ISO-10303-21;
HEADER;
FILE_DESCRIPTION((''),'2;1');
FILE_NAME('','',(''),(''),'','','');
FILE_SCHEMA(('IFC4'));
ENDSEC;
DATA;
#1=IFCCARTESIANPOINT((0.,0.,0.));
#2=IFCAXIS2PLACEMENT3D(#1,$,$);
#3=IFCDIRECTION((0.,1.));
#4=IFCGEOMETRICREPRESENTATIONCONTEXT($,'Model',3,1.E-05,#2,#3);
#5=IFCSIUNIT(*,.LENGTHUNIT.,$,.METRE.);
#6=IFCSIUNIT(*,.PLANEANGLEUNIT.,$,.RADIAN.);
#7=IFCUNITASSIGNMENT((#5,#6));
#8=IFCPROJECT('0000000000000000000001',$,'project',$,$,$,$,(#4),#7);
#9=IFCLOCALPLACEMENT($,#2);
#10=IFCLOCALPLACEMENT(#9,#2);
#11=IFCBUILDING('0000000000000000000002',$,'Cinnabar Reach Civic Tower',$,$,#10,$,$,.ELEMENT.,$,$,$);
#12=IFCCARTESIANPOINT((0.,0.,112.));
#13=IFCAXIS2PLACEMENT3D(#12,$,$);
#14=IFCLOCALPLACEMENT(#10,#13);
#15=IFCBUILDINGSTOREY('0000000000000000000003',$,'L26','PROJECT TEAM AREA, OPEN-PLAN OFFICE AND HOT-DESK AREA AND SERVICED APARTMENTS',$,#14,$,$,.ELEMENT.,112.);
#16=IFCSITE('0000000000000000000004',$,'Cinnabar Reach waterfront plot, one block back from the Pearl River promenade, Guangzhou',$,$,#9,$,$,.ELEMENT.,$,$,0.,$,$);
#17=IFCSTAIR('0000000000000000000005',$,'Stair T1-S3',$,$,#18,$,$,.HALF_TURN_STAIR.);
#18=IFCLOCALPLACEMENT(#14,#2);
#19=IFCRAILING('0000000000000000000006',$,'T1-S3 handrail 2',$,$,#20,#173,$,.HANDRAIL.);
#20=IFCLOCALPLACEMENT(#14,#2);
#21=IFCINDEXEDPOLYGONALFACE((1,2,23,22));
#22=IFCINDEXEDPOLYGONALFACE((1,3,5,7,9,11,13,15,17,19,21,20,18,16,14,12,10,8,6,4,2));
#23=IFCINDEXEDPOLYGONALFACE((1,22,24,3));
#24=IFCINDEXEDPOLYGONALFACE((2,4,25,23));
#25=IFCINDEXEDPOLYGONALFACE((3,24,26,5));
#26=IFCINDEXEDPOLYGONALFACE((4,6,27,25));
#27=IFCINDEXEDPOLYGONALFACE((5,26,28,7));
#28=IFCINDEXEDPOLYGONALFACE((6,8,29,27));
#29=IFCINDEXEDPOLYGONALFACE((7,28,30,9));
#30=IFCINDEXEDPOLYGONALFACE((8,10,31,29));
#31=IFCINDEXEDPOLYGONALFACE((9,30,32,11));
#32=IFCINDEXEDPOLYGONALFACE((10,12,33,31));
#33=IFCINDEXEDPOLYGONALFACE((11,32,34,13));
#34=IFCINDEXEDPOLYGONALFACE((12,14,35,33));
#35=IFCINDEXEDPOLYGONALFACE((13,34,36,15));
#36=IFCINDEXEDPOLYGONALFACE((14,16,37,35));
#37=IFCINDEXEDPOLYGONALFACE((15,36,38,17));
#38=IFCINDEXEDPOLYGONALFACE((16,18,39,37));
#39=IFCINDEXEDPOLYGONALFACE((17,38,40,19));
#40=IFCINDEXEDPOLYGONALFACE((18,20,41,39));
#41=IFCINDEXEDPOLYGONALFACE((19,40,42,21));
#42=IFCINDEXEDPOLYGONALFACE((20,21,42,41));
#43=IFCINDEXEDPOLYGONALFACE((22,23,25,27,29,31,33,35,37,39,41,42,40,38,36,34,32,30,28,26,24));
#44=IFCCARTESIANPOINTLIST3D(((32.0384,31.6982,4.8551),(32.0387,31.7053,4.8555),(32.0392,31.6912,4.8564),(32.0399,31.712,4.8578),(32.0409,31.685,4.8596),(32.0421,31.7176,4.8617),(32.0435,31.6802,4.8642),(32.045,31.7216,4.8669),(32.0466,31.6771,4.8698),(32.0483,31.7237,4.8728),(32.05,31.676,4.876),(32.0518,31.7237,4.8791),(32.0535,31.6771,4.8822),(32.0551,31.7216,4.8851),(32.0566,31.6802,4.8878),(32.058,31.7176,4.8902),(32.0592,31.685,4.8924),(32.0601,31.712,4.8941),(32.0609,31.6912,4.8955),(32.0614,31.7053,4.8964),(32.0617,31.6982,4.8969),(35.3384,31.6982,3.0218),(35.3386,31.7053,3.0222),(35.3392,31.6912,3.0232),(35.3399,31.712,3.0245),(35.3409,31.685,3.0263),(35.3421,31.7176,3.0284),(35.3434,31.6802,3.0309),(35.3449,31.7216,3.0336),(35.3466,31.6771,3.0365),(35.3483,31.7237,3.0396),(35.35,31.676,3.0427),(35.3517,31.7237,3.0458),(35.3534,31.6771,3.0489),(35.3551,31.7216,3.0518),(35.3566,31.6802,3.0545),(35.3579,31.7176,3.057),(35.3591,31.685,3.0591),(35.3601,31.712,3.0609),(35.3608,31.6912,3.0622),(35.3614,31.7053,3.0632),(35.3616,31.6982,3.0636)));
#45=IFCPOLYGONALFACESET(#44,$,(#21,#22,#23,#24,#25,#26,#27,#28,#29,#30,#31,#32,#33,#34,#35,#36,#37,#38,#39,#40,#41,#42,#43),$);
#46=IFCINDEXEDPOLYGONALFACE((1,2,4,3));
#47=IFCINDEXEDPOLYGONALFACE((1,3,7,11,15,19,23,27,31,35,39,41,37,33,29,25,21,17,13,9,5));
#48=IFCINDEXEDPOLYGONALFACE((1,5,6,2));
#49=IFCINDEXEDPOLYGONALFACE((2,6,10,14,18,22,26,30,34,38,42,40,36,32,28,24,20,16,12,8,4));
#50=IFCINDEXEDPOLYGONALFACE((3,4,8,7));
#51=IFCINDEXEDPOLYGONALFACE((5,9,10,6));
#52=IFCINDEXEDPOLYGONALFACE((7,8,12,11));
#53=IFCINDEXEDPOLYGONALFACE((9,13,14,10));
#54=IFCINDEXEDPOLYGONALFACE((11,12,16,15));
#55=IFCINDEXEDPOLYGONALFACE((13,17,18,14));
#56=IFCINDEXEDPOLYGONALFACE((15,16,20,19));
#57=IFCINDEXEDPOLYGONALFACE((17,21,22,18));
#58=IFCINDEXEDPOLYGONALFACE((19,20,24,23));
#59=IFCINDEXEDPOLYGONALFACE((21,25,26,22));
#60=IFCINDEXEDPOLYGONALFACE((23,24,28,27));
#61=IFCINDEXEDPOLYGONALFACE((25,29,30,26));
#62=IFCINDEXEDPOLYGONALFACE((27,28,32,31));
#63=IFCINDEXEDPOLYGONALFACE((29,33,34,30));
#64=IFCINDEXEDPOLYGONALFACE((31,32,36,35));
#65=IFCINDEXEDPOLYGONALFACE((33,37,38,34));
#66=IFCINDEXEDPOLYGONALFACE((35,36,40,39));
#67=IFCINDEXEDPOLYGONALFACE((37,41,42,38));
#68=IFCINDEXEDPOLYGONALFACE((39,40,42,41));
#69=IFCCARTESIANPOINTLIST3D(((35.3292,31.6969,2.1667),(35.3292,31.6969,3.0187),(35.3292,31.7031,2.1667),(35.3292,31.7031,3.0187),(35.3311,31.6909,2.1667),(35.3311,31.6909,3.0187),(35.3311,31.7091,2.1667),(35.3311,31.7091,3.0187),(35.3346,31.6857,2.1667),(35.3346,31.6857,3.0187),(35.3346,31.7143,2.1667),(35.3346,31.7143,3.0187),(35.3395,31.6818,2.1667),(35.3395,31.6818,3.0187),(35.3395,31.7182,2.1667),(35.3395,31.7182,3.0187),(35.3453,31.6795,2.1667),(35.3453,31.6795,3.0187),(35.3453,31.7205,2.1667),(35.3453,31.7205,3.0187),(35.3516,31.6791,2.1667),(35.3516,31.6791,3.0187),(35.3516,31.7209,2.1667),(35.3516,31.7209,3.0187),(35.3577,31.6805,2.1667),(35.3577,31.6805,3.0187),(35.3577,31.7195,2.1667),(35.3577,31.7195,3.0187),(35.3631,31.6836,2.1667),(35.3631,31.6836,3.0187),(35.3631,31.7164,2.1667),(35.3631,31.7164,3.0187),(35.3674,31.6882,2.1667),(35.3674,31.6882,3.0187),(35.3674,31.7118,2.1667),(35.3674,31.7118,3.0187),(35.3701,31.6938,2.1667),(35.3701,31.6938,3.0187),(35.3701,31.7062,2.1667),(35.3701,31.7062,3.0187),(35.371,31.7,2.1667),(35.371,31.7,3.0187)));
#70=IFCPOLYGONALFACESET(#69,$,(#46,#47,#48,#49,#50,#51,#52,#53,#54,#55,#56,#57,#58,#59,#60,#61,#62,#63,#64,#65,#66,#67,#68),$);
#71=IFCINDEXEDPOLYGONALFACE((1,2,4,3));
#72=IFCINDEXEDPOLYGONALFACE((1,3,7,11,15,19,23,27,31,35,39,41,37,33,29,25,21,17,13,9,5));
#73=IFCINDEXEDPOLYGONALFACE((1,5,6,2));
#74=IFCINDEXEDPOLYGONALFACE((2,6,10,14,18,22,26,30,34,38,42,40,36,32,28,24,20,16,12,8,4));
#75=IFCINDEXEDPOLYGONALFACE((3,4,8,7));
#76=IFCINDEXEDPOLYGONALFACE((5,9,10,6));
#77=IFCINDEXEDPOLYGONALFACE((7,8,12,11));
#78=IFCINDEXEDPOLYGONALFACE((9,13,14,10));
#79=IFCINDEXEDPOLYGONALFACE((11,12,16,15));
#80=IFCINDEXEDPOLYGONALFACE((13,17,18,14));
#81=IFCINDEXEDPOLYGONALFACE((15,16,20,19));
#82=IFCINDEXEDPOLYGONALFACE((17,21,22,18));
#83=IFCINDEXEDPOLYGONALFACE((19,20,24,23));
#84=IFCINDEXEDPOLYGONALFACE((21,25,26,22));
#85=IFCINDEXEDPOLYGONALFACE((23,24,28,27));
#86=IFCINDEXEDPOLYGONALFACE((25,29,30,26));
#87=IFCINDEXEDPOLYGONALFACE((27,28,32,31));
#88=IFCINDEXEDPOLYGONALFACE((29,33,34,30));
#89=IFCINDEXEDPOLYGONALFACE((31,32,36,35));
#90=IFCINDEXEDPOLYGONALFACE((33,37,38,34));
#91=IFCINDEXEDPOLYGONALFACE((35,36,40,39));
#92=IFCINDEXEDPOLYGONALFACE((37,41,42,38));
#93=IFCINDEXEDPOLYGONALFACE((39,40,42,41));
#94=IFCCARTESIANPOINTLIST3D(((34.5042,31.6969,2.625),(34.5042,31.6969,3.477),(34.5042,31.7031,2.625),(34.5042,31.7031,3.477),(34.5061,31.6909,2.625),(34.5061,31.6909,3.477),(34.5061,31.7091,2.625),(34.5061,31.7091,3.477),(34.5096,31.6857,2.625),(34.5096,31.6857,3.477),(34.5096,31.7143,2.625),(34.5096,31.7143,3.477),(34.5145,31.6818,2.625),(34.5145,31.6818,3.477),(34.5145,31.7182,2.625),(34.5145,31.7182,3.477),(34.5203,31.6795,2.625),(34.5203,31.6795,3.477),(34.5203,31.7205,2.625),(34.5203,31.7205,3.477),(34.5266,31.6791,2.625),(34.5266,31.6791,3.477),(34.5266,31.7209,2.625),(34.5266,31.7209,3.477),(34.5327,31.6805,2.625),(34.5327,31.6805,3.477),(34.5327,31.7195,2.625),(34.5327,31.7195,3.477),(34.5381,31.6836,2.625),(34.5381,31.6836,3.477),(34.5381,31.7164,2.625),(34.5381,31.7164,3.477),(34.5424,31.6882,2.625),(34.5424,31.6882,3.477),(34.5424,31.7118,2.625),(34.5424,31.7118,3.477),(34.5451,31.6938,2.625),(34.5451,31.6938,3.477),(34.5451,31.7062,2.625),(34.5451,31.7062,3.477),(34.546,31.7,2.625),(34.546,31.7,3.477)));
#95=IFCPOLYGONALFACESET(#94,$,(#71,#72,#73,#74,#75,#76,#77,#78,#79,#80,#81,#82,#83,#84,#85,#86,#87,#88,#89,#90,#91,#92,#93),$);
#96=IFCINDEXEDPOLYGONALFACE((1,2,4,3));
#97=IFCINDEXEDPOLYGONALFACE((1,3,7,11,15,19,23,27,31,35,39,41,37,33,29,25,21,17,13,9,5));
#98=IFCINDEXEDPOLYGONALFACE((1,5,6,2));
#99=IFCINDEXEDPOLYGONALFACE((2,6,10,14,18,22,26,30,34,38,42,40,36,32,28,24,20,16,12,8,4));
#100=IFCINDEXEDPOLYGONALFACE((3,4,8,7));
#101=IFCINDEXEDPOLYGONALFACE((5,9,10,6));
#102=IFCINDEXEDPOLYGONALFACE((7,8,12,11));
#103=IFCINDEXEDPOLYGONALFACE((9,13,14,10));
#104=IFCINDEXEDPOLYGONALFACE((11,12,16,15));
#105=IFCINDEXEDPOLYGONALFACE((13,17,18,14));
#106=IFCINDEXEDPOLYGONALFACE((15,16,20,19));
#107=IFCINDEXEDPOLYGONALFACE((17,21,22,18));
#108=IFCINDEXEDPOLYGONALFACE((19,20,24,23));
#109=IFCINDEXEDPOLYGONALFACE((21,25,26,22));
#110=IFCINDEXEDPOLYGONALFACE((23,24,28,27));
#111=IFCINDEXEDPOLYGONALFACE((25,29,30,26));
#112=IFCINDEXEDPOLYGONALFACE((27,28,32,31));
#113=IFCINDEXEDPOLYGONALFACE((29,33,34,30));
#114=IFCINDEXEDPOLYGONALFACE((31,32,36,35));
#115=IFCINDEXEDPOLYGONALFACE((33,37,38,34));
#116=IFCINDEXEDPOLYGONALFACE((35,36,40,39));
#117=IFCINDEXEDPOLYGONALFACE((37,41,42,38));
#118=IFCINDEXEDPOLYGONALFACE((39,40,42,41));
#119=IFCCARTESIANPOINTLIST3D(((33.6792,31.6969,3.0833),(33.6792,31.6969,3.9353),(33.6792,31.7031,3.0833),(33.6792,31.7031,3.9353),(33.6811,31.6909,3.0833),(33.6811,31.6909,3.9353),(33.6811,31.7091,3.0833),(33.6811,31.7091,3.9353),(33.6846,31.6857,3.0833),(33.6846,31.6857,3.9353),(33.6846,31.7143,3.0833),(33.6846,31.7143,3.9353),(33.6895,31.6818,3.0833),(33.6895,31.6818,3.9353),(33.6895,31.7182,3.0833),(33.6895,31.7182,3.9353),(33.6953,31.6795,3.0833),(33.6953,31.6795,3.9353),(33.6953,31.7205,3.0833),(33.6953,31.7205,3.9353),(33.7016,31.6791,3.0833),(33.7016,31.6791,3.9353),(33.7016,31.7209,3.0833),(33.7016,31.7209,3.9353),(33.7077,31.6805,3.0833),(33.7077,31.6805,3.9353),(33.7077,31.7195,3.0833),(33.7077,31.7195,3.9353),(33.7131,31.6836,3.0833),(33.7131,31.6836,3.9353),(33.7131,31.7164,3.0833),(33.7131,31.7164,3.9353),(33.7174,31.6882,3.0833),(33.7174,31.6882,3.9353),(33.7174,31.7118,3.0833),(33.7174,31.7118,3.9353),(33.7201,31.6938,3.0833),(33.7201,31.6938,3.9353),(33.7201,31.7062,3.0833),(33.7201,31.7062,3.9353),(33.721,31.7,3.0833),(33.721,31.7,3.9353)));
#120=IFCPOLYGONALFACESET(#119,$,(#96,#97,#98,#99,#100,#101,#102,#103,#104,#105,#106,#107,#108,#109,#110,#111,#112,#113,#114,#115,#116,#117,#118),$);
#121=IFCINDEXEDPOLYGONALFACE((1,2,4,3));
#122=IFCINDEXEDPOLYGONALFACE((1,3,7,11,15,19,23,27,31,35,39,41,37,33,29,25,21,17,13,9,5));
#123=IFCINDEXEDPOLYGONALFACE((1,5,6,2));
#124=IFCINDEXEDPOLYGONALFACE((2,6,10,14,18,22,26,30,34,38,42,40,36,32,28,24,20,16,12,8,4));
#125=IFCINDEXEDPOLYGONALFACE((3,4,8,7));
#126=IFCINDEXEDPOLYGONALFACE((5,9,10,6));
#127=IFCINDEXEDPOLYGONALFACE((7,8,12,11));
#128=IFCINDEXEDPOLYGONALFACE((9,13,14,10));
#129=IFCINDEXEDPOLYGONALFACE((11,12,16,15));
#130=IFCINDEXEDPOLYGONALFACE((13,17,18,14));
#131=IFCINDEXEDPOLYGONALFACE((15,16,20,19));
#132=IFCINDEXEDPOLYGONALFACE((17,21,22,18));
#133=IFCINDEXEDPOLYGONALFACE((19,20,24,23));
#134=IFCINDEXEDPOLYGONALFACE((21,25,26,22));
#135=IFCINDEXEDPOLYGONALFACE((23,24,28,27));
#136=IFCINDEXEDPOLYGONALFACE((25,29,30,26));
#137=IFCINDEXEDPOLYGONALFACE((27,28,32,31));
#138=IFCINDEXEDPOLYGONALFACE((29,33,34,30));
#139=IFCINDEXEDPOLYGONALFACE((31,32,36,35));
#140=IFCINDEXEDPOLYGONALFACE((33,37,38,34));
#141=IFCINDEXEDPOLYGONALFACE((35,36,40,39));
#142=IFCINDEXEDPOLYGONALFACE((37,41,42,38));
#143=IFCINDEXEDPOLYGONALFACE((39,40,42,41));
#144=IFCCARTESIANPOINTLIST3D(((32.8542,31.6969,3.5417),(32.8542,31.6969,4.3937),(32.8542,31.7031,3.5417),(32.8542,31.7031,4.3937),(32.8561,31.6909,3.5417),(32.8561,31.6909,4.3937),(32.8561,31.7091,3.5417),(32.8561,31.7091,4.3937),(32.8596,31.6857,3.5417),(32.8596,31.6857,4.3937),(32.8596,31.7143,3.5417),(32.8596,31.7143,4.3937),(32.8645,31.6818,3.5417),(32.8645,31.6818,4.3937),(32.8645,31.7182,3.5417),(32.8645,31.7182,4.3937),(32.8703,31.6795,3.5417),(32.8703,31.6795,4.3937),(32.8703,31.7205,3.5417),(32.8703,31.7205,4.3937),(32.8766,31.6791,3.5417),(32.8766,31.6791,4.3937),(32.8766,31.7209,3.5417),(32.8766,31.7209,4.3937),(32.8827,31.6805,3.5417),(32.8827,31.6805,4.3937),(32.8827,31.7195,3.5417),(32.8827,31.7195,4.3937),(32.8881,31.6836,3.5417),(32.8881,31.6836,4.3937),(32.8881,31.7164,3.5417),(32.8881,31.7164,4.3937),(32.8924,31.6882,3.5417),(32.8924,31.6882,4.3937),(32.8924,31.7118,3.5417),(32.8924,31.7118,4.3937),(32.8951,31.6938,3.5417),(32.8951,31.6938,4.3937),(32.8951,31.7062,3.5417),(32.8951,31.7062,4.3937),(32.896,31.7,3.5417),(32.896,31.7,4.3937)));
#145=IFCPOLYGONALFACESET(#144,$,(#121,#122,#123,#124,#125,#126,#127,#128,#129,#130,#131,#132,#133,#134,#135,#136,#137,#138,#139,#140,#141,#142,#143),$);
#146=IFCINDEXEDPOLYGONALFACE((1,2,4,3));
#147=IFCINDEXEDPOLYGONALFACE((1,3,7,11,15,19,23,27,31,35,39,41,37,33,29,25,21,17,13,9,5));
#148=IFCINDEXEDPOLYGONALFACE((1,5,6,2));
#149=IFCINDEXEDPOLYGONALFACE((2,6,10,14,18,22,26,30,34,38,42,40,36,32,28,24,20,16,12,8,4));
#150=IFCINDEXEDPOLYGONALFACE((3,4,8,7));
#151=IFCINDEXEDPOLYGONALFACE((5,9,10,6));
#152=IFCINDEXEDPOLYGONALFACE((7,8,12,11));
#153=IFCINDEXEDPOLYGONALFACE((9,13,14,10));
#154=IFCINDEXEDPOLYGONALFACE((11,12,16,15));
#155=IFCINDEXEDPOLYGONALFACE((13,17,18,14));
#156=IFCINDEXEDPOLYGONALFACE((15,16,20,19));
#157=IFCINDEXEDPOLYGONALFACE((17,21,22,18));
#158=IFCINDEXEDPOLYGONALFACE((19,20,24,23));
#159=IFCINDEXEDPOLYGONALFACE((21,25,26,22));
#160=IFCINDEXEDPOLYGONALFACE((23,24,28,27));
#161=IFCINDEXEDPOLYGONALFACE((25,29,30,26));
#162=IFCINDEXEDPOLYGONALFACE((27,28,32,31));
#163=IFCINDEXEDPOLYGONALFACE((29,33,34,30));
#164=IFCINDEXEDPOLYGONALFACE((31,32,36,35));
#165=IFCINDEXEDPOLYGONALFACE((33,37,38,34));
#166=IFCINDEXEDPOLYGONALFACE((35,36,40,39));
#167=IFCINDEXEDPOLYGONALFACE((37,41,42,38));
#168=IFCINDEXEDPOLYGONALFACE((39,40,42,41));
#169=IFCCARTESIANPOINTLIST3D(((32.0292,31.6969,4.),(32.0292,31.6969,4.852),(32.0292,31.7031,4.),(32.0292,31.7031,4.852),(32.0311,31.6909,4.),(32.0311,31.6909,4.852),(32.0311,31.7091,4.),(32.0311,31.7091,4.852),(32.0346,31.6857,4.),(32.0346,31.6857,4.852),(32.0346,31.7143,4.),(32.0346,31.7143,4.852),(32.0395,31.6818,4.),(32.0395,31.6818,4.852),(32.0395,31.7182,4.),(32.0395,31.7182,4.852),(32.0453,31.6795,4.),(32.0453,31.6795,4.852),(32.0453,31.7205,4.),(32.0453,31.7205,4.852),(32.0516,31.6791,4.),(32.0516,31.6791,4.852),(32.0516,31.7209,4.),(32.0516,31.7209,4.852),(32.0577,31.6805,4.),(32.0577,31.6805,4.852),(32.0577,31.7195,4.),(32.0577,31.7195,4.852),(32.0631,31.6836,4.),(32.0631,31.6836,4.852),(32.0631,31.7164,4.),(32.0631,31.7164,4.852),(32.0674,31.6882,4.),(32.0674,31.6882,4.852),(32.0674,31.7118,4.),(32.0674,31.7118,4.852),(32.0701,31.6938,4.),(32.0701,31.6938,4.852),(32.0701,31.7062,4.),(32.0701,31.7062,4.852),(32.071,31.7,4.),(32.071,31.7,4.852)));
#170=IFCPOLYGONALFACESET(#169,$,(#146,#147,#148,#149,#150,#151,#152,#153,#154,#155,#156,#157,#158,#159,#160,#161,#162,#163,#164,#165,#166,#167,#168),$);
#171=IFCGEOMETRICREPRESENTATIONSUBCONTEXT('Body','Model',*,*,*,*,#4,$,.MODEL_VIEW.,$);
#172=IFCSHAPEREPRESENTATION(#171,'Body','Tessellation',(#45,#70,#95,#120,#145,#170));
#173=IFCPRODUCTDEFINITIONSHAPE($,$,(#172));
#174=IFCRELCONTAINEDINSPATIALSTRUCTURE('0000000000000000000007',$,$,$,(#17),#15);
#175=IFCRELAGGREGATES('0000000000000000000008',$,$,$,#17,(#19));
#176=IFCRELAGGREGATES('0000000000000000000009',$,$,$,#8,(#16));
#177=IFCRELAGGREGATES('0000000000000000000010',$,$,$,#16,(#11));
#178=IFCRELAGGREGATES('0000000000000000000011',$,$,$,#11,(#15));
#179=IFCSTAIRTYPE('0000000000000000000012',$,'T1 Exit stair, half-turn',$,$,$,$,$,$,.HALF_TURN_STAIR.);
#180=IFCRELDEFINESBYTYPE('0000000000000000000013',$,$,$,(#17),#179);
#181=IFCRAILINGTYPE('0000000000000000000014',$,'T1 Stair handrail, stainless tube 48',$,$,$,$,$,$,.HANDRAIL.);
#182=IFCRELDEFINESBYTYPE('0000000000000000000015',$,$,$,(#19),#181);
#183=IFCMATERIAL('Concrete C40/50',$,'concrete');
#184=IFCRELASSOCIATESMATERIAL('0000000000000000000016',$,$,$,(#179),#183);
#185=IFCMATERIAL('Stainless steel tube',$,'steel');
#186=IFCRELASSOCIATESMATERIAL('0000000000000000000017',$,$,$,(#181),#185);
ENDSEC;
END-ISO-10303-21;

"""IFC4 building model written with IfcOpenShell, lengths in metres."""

from ifc_helpers import new_model, si_unit, direction, frame, origin, origin_2d, place, context, subcontext, project, spatial, circle, extrude, material, type_object, element, aggregate, save


model = new_model("IFC4")

# Units and contexts
model_context = context("Model", 3, precision=1e-05, world=origin(), true_north=direction((0.0, 1.0)))
body_context = subcontext(model_context, "Body", "Model", "MODEL_VIEW")
ifc_project = project(units=[si_unit("LENGTHUNIT", "METRE"), si_unit("PLANEANGLEUNIT", "RADIAN")], contexts=[model_context])

# Site, building, storey
site_placement = place(None, origin())
site = spatial("IfcSite", under=ifc_project, at=site_placement, Name="Cinnabar Reach waterfront plot, one block back from the Pearl River promenade, Guangzhou", CompositionType="ELEMENT", RefElevation=0.0)
building_placement = place(site_placement, origin())
building = spatial("IfcBuilding", under=site, at=building_placement, Name="Cinnabar Reach Civic Tower", CompositionType="ELEMENT")
storey_placement = place(building_placement, frame((0.0, 0.0, 112.0)))
storey = spatial("IfcBuildingStorey", under=building, at=storey_placement, Name="L26", Description="PROJECT TEAM AREA, OPEN-PLAN OFFICE AND HOT-DESK AREA AND SERVICED APARTMENTS", CompositionType="ELEMENT", Elevation=112.0)

# Stair, railing
ifc_material_1 = material(Name="Concrete C40/50", Category="concrete")
stair_type = type_object("IfcStairType", Name="T1 Exit stair, half-turn", PredefinedType="HALF_TURN_STAIR", material=ifc_material_1)
stair_placement = place(storey_placement, origin())
stair = element("IfcStair", 1, at=stair_placement, inside=storey, type_object=stair_type, Name="Stair T1-S3", PredefinedType="HALF_TURN_STAIR")
ifc_material_2 = material(Name="Stainless steel tube", Category="steel")
railing_type = type_object("IfcRailingType", Name="T1 Stair handrail, stainless tube 48", PredefinedType="HANDRAIL", material=ifc_material_2)
railing_1_placement = place(storey_placement, frame((35.35, 31.7, 2.1667)))
railing_1 = element("IfcRailing", 2, at=railing_1_placement, type_object=railing_type, Name="T1-S3 handrail 2", PredefinedType="HANDRAIL", context=body_context, shape_type="SweptSolid", body=[
    extrude(circle(Radius=0.024, at=origin_2d()), frame((0.0, 0.0, 0.876), z_axis=(-0.874161, 0.0, 0.485636), x_axis=(0.0, -1.0, 0.0)), (0.0, 0.0, 1.0), 3.775),
    extrude(circle(Radius=0.021, at=origin_2d()), origin(), (0.0, 0.0, 1.0), 0.852),
    extrude(circle(Radius=0.021, at=origin_2d()), frame((-0.825, 0.0, 0.4583)), (0.0, 0.0, 1.0), 0.852),
    extrude(circle(Radius=0.021, at=origin_2d()), frame((-1.65, 0.0, 0.9166)), (0.0, 0.0, 1.0), 0.852),
    extrude(circle(Radius=0.021, at=origin_2d()), frame((-2.475, 0.0, 1.375)), (0.0, 0.0, 1.0), 0.852),
    extrude(circle(Radius=0.021, at=origin_2d()), frame((-3.3, 0.0, 1.8333)), (0.0, 0.0, 1.0), 0.852),
])
aggregate(stair, [railing_1])

save(model, "model.ifc")
